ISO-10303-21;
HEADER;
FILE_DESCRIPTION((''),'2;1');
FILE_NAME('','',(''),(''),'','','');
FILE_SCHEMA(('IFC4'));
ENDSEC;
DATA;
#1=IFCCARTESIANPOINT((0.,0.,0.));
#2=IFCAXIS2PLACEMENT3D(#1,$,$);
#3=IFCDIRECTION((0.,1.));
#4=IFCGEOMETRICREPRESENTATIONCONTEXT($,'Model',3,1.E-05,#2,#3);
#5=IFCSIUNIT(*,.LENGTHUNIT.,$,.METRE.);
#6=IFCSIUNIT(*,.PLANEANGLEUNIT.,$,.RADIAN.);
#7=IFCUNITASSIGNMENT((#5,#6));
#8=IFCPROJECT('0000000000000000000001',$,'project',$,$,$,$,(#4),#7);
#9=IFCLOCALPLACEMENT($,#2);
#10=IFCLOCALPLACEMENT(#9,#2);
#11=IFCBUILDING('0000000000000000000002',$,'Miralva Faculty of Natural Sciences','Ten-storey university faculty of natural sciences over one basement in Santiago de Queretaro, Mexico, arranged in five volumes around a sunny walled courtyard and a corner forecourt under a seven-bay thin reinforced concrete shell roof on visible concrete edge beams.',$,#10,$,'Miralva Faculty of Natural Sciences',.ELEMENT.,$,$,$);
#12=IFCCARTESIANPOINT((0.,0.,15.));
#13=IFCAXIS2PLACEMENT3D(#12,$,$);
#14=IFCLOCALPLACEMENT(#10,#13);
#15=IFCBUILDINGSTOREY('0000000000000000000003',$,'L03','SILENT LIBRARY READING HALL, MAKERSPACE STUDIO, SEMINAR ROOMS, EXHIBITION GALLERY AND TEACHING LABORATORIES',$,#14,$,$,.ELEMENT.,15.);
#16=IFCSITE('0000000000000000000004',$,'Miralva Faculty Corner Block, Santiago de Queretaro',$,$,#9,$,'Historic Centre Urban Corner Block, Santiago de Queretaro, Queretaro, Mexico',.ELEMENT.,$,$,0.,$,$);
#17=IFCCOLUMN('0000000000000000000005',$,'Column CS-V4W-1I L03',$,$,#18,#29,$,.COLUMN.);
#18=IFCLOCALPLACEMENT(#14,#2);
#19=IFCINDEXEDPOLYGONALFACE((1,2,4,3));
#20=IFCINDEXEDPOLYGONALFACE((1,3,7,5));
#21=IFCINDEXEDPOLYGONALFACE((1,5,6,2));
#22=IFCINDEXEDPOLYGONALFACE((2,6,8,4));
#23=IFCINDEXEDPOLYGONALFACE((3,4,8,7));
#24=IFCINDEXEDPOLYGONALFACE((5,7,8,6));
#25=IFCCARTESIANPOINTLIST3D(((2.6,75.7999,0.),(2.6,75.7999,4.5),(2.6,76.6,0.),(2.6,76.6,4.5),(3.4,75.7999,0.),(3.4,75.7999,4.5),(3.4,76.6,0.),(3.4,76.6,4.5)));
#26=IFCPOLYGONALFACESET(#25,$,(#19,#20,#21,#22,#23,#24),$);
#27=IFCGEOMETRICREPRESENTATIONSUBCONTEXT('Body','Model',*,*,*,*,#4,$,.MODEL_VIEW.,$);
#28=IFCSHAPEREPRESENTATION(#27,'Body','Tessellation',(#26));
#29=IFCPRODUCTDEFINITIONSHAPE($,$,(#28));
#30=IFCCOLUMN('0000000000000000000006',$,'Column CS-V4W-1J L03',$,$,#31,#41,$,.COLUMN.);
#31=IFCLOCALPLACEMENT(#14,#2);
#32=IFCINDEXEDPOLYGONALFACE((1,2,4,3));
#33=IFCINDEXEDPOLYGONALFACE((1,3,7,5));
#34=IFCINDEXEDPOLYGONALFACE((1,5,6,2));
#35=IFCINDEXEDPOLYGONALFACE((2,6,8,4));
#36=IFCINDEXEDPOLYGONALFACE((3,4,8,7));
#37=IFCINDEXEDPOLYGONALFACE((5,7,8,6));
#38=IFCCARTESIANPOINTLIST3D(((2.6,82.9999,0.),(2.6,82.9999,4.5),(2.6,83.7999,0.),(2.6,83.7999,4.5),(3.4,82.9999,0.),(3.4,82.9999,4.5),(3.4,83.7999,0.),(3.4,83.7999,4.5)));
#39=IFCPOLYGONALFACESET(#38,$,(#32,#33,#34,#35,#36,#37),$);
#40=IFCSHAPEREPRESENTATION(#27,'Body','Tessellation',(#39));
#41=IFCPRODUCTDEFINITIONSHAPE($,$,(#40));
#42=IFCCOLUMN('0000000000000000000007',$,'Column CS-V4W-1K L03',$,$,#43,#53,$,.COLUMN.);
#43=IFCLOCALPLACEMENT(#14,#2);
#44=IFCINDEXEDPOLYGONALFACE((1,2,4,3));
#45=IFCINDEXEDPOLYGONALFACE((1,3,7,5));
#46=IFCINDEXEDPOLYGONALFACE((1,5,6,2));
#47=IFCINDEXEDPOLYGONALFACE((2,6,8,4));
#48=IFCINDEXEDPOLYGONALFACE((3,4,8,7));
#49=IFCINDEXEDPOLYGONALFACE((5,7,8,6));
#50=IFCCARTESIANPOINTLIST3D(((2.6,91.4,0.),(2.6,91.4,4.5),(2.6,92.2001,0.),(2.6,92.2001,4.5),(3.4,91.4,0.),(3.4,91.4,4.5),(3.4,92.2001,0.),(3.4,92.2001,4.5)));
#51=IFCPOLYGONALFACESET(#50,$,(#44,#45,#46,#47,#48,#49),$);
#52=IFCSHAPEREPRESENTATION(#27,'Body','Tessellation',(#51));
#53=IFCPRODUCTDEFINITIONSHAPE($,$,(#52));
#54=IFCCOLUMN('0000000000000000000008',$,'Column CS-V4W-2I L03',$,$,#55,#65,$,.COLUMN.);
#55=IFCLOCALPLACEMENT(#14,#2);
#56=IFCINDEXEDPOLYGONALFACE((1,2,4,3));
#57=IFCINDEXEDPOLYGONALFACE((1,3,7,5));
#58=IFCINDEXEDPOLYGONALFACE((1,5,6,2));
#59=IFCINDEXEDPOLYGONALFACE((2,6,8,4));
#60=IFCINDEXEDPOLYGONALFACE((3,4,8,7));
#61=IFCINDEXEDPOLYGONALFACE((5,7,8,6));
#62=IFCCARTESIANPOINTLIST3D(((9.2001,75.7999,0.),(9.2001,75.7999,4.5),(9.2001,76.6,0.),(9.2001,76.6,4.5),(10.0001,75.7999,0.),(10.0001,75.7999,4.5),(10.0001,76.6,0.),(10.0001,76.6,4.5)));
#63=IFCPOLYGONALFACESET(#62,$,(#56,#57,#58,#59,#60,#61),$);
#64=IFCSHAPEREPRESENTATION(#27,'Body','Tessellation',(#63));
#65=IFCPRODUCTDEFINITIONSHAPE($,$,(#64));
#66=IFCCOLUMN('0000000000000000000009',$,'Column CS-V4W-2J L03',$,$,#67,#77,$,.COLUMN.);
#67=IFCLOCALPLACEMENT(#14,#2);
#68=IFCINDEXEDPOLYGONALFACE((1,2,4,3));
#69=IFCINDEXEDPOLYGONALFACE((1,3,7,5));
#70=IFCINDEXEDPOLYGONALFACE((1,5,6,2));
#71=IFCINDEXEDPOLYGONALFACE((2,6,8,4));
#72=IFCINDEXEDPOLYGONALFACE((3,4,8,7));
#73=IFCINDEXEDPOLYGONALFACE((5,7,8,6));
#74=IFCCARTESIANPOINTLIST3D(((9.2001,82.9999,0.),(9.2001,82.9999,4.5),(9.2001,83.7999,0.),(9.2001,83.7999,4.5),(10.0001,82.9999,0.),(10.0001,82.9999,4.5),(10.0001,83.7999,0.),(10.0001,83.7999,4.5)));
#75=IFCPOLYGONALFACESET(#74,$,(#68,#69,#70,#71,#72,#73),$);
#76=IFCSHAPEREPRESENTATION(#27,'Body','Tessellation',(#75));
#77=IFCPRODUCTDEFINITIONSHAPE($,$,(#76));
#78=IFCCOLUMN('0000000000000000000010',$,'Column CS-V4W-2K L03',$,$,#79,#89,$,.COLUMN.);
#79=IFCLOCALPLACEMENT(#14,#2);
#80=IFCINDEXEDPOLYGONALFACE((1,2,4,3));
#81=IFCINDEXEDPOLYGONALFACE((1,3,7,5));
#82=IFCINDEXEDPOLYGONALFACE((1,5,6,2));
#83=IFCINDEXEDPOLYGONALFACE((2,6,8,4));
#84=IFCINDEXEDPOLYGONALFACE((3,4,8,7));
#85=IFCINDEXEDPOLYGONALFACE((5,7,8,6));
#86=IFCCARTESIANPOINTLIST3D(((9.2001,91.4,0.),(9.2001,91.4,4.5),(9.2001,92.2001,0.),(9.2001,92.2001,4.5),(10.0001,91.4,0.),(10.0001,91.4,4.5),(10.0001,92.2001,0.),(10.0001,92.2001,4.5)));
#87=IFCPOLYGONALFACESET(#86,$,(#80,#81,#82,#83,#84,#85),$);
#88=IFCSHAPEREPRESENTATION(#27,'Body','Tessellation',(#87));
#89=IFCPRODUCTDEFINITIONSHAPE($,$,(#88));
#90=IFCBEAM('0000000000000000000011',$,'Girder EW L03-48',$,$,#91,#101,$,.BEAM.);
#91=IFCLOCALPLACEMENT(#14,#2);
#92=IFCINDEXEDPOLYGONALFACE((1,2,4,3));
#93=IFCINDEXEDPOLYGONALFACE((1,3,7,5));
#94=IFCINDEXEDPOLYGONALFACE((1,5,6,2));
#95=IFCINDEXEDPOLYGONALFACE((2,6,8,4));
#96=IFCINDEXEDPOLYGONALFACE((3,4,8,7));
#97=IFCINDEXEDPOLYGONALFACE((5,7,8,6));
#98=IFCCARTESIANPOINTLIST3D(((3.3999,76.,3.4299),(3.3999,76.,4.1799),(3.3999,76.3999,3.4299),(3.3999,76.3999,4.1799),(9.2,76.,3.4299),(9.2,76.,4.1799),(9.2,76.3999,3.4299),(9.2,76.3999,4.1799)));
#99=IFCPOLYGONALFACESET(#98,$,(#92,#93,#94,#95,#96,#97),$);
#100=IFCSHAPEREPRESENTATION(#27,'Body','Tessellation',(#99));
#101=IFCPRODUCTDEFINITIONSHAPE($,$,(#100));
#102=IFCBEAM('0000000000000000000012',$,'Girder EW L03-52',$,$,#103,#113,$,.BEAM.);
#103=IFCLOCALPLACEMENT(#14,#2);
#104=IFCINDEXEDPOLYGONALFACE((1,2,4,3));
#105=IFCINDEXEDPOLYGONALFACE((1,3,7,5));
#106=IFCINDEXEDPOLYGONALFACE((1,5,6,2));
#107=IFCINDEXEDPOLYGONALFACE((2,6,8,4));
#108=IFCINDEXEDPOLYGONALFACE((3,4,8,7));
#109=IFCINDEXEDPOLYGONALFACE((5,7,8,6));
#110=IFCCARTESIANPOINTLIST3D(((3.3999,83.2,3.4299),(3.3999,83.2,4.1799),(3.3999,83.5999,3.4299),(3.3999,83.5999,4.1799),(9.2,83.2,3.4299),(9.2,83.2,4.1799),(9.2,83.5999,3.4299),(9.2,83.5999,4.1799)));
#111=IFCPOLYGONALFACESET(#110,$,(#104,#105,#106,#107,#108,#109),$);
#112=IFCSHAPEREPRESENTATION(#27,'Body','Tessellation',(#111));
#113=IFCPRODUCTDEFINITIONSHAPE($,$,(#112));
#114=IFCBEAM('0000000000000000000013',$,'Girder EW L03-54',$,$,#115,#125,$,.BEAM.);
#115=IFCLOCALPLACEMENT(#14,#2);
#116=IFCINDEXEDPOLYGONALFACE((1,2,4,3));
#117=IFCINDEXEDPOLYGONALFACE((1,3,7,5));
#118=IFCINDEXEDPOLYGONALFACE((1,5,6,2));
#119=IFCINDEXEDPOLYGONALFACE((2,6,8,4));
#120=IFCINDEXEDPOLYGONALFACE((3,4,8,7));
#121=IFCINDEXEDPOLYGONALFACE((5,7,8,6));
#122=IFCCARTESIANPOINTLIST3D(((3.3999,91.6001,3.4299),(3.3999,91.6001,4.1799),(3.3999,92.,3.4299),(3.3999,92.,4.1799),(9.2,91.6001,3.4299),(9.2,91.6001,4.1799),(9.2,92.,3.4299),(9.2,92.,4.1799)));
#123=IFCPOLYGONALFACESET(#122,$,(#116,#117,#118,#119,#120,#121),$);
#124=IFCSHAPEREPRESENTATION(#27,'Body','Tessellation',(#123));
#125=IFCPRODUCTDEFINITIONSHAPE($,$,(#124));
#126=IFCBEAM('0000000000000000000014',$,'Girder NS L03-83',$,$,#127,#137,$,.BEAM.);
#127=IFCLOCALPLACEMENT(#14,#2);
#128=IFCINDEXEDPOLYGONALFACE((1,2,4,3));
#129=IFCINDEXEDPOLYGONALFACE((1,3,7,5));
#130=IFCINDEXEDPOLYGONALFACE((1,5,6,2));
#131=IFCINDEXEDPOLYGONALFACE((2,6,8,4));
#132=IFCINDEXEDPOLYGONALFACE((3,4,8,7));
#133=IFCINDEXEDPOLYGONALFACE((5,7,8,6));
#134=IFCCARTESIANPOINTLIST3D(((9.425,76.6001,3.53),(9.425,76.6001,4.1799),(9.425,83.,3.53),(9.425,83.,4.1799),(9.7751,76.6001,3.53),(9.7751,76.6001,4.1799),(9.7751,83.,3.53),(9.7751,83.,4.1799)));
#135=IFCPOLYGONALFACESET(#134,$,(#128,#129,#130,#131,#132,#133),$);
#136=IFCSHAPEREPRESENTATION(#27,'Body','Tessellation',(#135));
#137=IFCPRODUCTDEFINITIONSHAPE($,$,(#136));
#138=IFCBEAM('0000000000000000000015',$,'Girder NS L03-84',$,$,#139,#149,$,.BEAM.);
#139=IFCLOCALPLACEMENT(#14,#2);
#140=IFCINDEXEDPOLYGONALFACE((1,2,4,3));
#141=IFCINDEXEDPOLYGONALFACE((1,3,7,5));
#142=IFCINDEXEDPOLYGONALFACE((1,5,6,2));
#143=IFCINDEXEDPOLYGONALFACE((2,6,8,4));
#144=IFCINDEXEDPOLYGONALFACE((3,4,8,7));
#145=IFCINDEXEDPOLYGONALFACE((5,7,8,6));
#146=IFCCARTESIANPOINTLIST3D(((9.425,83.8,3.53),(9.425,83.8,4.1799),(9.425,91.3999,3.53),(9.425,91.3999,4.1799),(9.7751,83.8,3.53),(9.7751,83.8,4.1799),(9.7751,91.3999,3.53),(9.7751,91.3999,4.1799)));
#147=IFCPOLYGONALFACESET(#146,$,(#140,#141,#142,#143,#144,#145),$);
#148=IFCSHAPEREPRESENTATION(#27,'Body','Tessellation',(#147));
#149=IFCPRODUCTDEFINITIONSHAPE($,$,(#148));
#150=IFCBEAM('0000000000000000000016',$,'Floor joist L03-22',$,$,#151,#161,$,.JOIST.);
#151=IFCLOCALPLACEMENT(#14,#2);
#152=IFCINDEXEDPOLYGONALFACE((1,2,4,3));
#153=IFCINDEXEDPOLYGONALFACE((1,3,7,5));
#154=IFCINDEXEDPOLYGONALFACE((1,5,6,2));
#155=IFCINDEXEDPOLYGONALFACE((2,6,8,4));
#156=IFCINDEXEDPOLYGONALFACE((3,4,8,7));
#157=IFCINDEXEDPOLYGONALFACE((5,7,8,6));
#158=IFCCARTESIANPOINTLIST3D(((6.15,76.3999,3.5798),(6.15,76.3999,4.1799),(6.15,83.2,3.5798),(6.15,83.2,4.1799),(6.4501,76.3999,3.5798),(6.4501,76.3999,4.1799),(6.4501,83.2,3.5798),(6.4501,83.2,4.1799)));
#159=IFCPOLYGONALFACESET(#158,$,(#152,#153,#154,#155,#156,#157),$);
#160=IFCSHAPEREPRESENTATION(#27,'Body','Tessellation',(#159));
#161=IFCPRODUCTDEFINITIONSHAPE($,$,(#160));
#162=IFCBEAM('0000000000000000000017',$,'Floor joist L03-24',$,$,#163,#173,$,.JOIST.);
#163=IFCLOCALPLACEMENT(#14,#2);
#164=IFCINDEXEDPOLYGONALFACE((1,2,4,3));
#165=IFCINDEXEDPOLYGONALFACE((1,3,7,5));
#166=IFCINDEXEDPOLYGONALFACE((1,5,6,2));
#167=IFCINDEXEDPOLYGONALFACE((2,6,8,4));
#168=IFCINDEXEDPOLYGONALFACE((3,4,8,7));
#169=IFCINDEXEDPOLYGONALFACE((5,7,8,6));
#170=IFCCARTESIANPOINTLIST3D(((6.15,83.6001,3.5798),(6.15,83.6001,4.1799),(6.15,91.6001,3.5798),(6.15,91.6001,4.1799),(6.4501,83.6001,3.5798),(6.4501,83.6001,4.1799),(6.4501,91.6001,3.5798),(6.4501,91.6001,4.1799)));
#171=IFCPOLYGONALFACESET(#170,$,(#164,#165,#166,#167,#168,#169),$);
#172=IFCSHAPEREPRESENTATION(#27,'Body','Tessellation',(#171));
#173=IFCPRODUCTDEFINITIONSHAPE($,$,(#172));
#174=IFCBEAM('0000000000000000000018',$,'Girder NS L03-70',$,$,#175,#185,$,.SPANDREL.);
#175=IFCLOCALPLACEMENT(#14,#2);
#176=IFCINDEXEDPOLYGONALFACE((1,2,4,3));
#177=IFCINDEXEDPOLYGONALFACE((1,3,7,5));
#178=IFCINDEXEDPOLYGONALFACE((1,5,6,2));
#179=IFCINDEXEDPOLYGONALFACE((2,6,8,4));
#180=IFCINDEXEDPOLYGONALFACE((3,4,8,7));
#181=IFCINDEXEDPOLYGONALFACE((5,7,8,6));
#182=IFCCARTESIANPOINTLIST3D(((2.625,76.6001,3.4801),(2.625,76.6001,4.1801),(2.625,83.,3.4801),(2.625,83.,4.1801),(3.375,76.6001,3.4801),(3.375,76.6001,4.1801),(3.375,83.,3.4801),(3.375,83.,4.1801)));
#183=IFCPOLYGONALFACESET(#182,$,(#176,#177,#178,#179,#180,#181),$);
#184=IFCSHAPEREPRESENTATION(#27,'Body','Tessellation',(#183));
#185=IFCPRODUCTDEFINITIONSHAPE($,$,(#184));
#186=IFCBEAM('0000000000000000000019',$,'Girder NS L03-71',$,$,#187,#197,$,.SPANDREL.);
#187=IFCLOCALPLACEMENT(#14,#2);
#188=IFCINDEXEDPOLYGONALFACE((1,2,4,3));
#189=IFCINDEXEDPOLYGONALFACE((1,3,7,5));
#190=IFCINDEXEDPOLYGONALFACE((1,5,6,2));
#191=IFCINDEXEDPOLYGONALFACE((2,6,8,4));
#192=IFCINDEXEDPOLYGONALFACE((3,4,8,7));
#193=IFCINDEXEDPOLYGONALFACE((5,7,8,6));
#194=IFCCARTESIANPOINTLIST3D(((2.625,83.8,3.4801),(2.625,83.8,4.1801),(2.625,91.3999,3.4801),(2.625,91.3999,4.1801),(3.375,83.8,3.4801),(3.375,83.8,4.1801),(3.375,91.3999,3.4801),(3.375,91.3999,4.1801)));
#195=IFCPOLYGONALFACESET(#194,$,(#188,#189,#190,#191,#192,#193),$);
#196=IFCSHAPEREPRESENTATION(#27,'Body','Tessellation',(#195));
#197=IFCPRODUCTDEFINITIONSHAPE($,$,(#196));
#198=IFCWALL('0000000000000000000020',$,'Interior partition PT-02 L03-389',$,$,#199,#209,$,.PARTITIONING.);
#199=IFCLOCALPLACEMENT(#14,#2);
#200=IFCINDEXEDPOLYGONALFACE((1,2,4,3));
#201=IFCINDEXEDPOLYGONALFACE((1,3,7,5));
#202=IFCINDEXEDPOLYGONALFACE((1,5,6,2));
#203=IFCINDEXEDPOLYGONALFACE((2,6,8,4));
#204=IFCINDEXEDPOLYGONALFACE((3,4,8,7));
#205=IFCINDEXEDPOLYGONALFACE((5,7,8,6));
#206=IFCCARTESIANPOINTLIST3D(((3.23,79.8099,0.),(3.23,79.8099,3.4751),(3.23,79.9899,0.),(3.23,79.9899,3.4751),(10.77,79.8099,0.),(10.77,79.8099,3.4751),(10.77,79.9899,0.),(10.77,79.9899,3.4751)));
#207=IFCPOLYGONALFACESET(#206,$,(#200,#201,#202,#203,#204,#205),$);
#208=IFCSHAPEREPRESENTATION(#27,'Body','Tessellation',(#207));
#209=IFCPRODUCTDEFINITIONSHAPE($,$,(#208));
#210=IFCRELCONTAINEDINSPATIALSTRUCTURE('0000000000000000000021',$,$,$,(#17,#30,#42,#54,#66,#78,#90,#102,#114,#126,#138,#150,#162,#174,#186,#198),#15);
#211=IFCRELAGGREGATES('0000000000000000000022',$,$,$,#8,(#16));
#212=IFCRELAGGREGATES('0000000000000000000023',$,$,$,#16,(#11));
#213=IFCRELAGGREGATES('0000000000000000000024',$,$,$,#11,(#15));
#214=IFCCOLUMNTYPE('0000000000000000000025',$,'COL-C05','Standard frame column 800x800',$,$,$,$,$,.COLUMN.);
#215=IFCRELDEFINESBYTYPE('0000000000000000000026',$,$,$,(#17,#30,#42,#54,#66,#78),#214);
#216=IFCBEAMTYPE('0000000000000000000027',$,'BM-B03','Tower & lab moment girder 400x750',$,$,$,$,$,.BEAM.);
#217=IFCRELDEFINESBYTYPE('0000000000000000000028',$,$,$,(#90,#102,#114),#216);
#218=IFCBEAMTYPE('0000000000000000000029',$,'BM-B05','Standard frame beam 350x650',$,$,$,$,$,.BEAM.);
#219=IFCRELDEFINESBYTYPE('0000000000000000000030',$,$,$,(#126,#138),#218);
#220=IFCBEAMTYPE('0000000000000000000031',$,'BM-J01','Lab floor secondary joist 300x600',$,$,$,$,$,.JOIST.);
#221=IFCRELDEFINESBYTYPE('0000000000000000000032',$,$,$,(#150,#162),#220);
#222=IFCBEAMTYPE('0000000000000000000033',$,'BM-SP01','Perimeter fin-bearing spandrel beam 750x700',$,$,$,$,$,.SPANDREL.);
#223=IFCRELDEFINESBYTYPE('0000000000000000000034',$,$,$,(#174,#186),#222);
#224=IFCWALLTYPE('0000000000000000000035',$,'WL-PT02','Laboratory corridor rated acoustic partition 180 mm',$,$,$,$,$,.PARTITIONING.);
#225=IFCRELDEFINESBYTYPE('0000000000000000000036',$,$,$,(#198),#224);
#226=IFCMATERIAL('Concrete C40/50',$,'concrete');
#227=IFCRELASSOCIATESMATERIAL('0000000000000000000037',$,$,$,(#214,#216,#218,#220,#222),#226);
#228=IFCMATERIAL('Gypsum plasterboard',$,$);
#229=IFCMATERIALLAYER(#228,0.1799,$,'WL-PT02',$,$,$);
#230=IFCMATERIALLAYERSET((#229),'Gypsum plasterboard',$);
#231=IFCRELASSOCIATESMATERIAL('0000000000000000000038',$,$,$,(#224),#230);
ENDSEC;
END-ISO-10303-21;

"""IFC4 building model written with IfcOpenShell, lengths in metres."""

from ifc_helpers import new_model, si_unit, direction, frame, frame_2d, origin, origin_2d, place, context, subcontext, project, spatial, rectangle, extrude, material, layer, layer_set, material_profile, profile_set, type_object, element, save


model = new_model("IFC4")

# Units and contexts
model_context = context("Model", 3, precision=1e-05, world=origin(), true_north=direction((0.0, 1.0)))
body_context = subcontext(model_context, "Body", "Model", "MODEL_VIEW")
ifc_project = project(units=[si_unit("LENGTHUNIT", "METRE"), si_unit("PLANEANGLEUNIT", "RADIAN")], contexts=[model_context])

# Site, building, storey
site_placement = place(None, origin())
site = spatial("IfcSite", under=ifc_project, at=site_placement, Name="Miralva Faculty Corner Block, Santiago de Queretaro", LongName="Historic Centre Urban Corner Block, Santiago de Queretaro, Queretaro, Mexico", CompositionType="ELEMENT", RefElevation=0.0)
building_placement = place(site_placement, origin())
building = spatial("IfcBuilding", under=site, at=building_placement, Name="Miralva Faculty of Natural Sciences", Description="Ten-storey university faculty of natural sciences over one basement in Santiago de Queretaro, Mexico, arranged in five volumes around a sunny walled courtyard and a corner forecourt under a seven-bay thin reinforced concrete shell roof on visible concrete edge beams.", LongName="Miralva Faculty of Natural Sciences", CompositionType="ELEMENT")
storey_placement = place(building_placement, frame((0.0, 0.0, 15.0)))
storey = spatial("IfcBuildingStorey", under=building, at=storey_placement, Name="L03", Description="SILENT LIBRARY READING HALL, MAKERSPACE STUDIO, SEMINAR ROOMS, EXHIBITION GALLERY AND TEACHING LABORATORIES", CompositionType="ELEMENT", Elevation=15.0)

# Columns
ifc_material_1 = material(Name="Concrete C40/50", Category="concrete")
ifc_material_profile_1 = material_profile(ifc_material_1, rectangle(XDim=0.8, YDim=0.8, at=origin_2d()), Name="RC 800x800")
ifc_profile_set_1 = profile_set([ifc_material_profile_1], Name="Concrete C40/50")
column_type = type_object("IfcColumnType", Name="COL-C05", Description="Standard frame column 800x800", PredefinedType="COLUMN", material=ifc_profile_set_1)
for number, where, z_axis, x_axis, name in (
    (1, (3.0, 76.2, 0.0), (0.0, 0.0, 1.0), (1.0, 0.0, 0.0), "Column CS-V4W-1I L03"),
    (2, (3.0, 83.3999, 0.0), (0.0, 0.0, 1.0), (1.0, 0.0, 0.0), "Column CS-V4W-1J L03"),
    (3, (3.0, 91.8, 0.0), (0.0, 0.0, 1.0), (1.0, 0.0, 0.0), "Column CS-V4W-1K L03"),
    (4, (9.6001, 76.2, 0.0), (0.0, 0.0, 1.0), (1.0, 0.0, 0.0), "Column CS-V4W-2I L03"),
    (5, (9.6001, 83.3999, 0.0), (0.0, 0.0, 1.0), (1.0, 0.0, 0.0), "Column CS-V4W-2J L03"),
    (6, (9.6001, 91.8, 0.0), (0.0, 0.0, 1.0), (1.0, 0.0, 0.0), "Column CS-V4W-2K L03"),
):
    element("IfcColumn", number, at=place(storey_placement, frame(where, z_axis=z_axis, x_axis=x_axis)), inside=storey, type_object=column_type, Name=name, PredefinedType="COLUMN", context=body_context, shape_type="SweptSolid", body=[
        extrude(rectangle(XDim=0.8, YDim=0.8, at=origin_2d()), origin(), (0.0, 0.0, 1.0), 4.5),
    ])

# Beams
ifc_material_profile_2 = material_profile(ifc_material_1, rectangle(XDim=0.3999, YDim=0.75, at=origin_2d()), Name="RC 400x750")
ifc_profile_set_2 = profile_set([ifc_material_profile_2], Name="Concrete C40/50")
beam_type_1 = type_object("IfcBeamType", Name="BM-B03", Description="Tower & lab moment girder 400x750", PredefinedType="BEAM", material=ifc_profile_set_2)
for number, where, z_axis, x_axis, name in (
    (7, (3.3999, 76.2, 3.8049), (1.0, 0.0, 0.0), (0.0, 1.0, 0.0), "Girder EW L03-48"),
    (8, (3.3999, 83.3999, 3.8049), (1.0, 0.0, 0.0), (0.0, 1.0, 0.0), "Girder EW L03-52"),
    (9, (3.3999, 91.8, 3.8049), (1.0, 0.0, 0.0), (0.0, 1.0, 0.0), "Girder EW L03-54"),
):
    element("IfcBeam", number, at=place(storey_placement, frame(where, z_axis=z_axis, x_axis=x_axis)), inside=storey, type_object=beam_type_1, Name=name, PredefinedType="BEAM", context=body_context, shape_type="SweptSolid", body=[
        extrude(rectangle(XDim=0.3999, YDim=0.75, at=origin_2d()), origin(), (0.0, 0.0, 1.0), 5.8),
    ])
ifc_material_profile_3 = material_profile(ifc_material_1, rectangle(XDim=0.3501, YDim=0.6499, at=origin_2d()), Name="RC 350x650")
ifc_profile_set_3 = profile_set([ifc_material_profile_3], Name="Concrete C40/50")
beam_type_2 = type_object("IfcBeamType", Name="BM-B05", Description="Standard frame beam 350x650", PredefinedType="BEAM", material=ifc_profile_set_3)
beam_1_placement = place(storey_placement, frame((9.6001, 76.6001, 3.855), z_axis=(0.0, 1.0, 0.0), x_axis=(-1.0, 0.0, 0.0)))
element("IfcBeam", 10, at=beam_1_placement, inside=storey, type_object=beam_type_2, Name="Girder NS L03-83", PredefinedType="BEAM", context=body_context, shape_type="SweptSolid", body=[
    extrude(rectangle(XDim=0.3501, YDim=0.6499, at=origin_2d()), origin(), (0.0, 0.0, 1.0), 6.3999),
])
beam_2_placement = place(storey_placement, frame((9.6001, 83.8, 3.855), z_axis=(0.0, 1.0, 0.0), x_axis=(-1.0, 0.0, 0.0)))
element("IfcBeam", 11, at=beam_2_placement, inside=storey, type_object=beam_type_2, Name="Girder NS L03-84", PredefinedType="BEAM", context=body_context, shape_type="SweptSolid", body=[
    extrude(rectangle(XDim=0.3501, YDim=0.6499, at=origin_2d()), origin(), (0.0, 0.0, 1.0), 7.5999),
])
ifc_material_profile_4 = material_profile(ifc_material_1, rectangle(XDim=0.3, YDim=0.6001, at=origin_2d()), Name="RC 300x600")
ifc_profile_set_4 = profile_set([ifc_material_profile_4], Name="Concrete C40/50")
beam_type_3 = type_object("IfcBeamType", Name="BM-J01", Description="Lab floor secondary joist 300x600", PredefinedType="JOIST", material=ifc_profile_set_4)
beam_3_placement = place(storey_placement, frame((6.3, 76.3999, 3.8799), z_axis=(0.0, 1.0, 0.0), x_axis=(-1.0, 0.0, 0.0)))
element("IfcBeam", 12, at=beam_3_placement, inside=storey, type_object=beam_type_3, Name="Floor joist L03-22", PredefinedType="JOIST", context=body_context, shape_type="SweptSolid", body=[
    extrude(rectangle(XDim=0.3, YDim=0.6001, at=origin_2d()), origin(), (0.0, 0.0, 1.0), 6.8),
])
beam_4_placement = place(storey_placement, frame((6.3, 83.6001, 3.8799), z_axis=(0.0, 1.0, 0.0), x_axis=(-1.0, 0.0, 0.0)))
element("IfcBeam", 13, at=beam_4_placement, inside=storey, type_object=beam_type_3, Name="Floor joist L03-24", PredefinedType="JOIST", context=body_context, shape_type="SweptSolid", body=[
    extrude(rectangle(XDim=0.3, YDim=0.6001, at=origin_2d()), origin(), (0.0, 0.0, 1.0), 8.0),
])
ifc_material_profile_5 = material_profile(ifc_material_1, rectangle(XDim=0.75, YDim=0.7, at=origin_2d()), Name="RC 750x700")
ifc_profile_set_5 = profile_set([ifc_material_profile_5], Name="Concrete C40/50")
beam_type_4 = type_object("IfcBeamType", Name="BM-SP01", Description="Perimeter fin-bearing spandrel beam 750x700", PredefinedType="SPANDREL", material=ifc_profile_set_5)
beam_5_placement = place(storey_placement, frame((3.0, 76.6001, 3.8301), z_axis=(0.0, 1.0, 0.0), x_axis=(-1.0, 0.0, 0.0)))
element("IfcBeam", 14, at=beam_5_placement, inside=storey, type_object=beam_type_4, Name="Girder NS L03-70", PredefinedType="SPANDREL", context=body_context, shape_type="SweptSolid", body=[
    extrude(rectangle(XDim=0.75, YDim=0.7, at=origin_2d()), origin(), (0.0, 0.0, 1.0), 6.3999),
])
beam_6_placement = place(storey_placement, frame((3.0, 83.8, 3.8301), z_axis=(0.0, 1.0, 0.0), x_axis=(-1.0, 0.0, 0.0)))
element("IfcBeam", 15, at=beam_6_placement, inside=storey, type_object=beam_type_4, Name="Girder NS L03-71", PredefinedType="SPANDREL", context=body_context, shape_type="SweptSolid", body=[
    extrude(rectangle(XDim=0.75, YDim=0.7, at=origin_2d()), origin(), (0.0, 0.0, 1.0), 7.5999),
])

# Wall
ifc_material_2 = material(Name="Gypsum plasterboard")
ifc_layer_1 = layer(ifc_material_2, 0.1799, Name="WL-PT02")
ifc_layer_set_1 = layer_set([ifc_layer_1], Name="Gypsum plasterboard")
wall_type_1 = type_object("IfcWallType", Name="WL-PT02", Description="Laboratory corridor rated acoustic partition 180 mm", PredefinedType="PARTITIONING", material=ifc_layer_set_1)
wall_1_placement = place(storey_placement, frame((3.23, 79.8999, 0.0), z_axis=(0.0, 0.0, 1.0), x_axis=(1.0, 0.0, 0.0)))
element("IfcWall", 16, at=wall_1_placement, inside=storey, type_object=wall_type_1, Name="Interior partition PT-02 L03-389", PredefinedType="PARTITIONING", context=body_context, shape_type="SweptSolid", body=[
    extrude(rectangle(XDim=7.54, YDim=0.1799, at=frame_2d((3.77, 0.0))), origin(), (0.0, 0.0, 1.0), 3.4751),
])

save(model, "model.ifc")
